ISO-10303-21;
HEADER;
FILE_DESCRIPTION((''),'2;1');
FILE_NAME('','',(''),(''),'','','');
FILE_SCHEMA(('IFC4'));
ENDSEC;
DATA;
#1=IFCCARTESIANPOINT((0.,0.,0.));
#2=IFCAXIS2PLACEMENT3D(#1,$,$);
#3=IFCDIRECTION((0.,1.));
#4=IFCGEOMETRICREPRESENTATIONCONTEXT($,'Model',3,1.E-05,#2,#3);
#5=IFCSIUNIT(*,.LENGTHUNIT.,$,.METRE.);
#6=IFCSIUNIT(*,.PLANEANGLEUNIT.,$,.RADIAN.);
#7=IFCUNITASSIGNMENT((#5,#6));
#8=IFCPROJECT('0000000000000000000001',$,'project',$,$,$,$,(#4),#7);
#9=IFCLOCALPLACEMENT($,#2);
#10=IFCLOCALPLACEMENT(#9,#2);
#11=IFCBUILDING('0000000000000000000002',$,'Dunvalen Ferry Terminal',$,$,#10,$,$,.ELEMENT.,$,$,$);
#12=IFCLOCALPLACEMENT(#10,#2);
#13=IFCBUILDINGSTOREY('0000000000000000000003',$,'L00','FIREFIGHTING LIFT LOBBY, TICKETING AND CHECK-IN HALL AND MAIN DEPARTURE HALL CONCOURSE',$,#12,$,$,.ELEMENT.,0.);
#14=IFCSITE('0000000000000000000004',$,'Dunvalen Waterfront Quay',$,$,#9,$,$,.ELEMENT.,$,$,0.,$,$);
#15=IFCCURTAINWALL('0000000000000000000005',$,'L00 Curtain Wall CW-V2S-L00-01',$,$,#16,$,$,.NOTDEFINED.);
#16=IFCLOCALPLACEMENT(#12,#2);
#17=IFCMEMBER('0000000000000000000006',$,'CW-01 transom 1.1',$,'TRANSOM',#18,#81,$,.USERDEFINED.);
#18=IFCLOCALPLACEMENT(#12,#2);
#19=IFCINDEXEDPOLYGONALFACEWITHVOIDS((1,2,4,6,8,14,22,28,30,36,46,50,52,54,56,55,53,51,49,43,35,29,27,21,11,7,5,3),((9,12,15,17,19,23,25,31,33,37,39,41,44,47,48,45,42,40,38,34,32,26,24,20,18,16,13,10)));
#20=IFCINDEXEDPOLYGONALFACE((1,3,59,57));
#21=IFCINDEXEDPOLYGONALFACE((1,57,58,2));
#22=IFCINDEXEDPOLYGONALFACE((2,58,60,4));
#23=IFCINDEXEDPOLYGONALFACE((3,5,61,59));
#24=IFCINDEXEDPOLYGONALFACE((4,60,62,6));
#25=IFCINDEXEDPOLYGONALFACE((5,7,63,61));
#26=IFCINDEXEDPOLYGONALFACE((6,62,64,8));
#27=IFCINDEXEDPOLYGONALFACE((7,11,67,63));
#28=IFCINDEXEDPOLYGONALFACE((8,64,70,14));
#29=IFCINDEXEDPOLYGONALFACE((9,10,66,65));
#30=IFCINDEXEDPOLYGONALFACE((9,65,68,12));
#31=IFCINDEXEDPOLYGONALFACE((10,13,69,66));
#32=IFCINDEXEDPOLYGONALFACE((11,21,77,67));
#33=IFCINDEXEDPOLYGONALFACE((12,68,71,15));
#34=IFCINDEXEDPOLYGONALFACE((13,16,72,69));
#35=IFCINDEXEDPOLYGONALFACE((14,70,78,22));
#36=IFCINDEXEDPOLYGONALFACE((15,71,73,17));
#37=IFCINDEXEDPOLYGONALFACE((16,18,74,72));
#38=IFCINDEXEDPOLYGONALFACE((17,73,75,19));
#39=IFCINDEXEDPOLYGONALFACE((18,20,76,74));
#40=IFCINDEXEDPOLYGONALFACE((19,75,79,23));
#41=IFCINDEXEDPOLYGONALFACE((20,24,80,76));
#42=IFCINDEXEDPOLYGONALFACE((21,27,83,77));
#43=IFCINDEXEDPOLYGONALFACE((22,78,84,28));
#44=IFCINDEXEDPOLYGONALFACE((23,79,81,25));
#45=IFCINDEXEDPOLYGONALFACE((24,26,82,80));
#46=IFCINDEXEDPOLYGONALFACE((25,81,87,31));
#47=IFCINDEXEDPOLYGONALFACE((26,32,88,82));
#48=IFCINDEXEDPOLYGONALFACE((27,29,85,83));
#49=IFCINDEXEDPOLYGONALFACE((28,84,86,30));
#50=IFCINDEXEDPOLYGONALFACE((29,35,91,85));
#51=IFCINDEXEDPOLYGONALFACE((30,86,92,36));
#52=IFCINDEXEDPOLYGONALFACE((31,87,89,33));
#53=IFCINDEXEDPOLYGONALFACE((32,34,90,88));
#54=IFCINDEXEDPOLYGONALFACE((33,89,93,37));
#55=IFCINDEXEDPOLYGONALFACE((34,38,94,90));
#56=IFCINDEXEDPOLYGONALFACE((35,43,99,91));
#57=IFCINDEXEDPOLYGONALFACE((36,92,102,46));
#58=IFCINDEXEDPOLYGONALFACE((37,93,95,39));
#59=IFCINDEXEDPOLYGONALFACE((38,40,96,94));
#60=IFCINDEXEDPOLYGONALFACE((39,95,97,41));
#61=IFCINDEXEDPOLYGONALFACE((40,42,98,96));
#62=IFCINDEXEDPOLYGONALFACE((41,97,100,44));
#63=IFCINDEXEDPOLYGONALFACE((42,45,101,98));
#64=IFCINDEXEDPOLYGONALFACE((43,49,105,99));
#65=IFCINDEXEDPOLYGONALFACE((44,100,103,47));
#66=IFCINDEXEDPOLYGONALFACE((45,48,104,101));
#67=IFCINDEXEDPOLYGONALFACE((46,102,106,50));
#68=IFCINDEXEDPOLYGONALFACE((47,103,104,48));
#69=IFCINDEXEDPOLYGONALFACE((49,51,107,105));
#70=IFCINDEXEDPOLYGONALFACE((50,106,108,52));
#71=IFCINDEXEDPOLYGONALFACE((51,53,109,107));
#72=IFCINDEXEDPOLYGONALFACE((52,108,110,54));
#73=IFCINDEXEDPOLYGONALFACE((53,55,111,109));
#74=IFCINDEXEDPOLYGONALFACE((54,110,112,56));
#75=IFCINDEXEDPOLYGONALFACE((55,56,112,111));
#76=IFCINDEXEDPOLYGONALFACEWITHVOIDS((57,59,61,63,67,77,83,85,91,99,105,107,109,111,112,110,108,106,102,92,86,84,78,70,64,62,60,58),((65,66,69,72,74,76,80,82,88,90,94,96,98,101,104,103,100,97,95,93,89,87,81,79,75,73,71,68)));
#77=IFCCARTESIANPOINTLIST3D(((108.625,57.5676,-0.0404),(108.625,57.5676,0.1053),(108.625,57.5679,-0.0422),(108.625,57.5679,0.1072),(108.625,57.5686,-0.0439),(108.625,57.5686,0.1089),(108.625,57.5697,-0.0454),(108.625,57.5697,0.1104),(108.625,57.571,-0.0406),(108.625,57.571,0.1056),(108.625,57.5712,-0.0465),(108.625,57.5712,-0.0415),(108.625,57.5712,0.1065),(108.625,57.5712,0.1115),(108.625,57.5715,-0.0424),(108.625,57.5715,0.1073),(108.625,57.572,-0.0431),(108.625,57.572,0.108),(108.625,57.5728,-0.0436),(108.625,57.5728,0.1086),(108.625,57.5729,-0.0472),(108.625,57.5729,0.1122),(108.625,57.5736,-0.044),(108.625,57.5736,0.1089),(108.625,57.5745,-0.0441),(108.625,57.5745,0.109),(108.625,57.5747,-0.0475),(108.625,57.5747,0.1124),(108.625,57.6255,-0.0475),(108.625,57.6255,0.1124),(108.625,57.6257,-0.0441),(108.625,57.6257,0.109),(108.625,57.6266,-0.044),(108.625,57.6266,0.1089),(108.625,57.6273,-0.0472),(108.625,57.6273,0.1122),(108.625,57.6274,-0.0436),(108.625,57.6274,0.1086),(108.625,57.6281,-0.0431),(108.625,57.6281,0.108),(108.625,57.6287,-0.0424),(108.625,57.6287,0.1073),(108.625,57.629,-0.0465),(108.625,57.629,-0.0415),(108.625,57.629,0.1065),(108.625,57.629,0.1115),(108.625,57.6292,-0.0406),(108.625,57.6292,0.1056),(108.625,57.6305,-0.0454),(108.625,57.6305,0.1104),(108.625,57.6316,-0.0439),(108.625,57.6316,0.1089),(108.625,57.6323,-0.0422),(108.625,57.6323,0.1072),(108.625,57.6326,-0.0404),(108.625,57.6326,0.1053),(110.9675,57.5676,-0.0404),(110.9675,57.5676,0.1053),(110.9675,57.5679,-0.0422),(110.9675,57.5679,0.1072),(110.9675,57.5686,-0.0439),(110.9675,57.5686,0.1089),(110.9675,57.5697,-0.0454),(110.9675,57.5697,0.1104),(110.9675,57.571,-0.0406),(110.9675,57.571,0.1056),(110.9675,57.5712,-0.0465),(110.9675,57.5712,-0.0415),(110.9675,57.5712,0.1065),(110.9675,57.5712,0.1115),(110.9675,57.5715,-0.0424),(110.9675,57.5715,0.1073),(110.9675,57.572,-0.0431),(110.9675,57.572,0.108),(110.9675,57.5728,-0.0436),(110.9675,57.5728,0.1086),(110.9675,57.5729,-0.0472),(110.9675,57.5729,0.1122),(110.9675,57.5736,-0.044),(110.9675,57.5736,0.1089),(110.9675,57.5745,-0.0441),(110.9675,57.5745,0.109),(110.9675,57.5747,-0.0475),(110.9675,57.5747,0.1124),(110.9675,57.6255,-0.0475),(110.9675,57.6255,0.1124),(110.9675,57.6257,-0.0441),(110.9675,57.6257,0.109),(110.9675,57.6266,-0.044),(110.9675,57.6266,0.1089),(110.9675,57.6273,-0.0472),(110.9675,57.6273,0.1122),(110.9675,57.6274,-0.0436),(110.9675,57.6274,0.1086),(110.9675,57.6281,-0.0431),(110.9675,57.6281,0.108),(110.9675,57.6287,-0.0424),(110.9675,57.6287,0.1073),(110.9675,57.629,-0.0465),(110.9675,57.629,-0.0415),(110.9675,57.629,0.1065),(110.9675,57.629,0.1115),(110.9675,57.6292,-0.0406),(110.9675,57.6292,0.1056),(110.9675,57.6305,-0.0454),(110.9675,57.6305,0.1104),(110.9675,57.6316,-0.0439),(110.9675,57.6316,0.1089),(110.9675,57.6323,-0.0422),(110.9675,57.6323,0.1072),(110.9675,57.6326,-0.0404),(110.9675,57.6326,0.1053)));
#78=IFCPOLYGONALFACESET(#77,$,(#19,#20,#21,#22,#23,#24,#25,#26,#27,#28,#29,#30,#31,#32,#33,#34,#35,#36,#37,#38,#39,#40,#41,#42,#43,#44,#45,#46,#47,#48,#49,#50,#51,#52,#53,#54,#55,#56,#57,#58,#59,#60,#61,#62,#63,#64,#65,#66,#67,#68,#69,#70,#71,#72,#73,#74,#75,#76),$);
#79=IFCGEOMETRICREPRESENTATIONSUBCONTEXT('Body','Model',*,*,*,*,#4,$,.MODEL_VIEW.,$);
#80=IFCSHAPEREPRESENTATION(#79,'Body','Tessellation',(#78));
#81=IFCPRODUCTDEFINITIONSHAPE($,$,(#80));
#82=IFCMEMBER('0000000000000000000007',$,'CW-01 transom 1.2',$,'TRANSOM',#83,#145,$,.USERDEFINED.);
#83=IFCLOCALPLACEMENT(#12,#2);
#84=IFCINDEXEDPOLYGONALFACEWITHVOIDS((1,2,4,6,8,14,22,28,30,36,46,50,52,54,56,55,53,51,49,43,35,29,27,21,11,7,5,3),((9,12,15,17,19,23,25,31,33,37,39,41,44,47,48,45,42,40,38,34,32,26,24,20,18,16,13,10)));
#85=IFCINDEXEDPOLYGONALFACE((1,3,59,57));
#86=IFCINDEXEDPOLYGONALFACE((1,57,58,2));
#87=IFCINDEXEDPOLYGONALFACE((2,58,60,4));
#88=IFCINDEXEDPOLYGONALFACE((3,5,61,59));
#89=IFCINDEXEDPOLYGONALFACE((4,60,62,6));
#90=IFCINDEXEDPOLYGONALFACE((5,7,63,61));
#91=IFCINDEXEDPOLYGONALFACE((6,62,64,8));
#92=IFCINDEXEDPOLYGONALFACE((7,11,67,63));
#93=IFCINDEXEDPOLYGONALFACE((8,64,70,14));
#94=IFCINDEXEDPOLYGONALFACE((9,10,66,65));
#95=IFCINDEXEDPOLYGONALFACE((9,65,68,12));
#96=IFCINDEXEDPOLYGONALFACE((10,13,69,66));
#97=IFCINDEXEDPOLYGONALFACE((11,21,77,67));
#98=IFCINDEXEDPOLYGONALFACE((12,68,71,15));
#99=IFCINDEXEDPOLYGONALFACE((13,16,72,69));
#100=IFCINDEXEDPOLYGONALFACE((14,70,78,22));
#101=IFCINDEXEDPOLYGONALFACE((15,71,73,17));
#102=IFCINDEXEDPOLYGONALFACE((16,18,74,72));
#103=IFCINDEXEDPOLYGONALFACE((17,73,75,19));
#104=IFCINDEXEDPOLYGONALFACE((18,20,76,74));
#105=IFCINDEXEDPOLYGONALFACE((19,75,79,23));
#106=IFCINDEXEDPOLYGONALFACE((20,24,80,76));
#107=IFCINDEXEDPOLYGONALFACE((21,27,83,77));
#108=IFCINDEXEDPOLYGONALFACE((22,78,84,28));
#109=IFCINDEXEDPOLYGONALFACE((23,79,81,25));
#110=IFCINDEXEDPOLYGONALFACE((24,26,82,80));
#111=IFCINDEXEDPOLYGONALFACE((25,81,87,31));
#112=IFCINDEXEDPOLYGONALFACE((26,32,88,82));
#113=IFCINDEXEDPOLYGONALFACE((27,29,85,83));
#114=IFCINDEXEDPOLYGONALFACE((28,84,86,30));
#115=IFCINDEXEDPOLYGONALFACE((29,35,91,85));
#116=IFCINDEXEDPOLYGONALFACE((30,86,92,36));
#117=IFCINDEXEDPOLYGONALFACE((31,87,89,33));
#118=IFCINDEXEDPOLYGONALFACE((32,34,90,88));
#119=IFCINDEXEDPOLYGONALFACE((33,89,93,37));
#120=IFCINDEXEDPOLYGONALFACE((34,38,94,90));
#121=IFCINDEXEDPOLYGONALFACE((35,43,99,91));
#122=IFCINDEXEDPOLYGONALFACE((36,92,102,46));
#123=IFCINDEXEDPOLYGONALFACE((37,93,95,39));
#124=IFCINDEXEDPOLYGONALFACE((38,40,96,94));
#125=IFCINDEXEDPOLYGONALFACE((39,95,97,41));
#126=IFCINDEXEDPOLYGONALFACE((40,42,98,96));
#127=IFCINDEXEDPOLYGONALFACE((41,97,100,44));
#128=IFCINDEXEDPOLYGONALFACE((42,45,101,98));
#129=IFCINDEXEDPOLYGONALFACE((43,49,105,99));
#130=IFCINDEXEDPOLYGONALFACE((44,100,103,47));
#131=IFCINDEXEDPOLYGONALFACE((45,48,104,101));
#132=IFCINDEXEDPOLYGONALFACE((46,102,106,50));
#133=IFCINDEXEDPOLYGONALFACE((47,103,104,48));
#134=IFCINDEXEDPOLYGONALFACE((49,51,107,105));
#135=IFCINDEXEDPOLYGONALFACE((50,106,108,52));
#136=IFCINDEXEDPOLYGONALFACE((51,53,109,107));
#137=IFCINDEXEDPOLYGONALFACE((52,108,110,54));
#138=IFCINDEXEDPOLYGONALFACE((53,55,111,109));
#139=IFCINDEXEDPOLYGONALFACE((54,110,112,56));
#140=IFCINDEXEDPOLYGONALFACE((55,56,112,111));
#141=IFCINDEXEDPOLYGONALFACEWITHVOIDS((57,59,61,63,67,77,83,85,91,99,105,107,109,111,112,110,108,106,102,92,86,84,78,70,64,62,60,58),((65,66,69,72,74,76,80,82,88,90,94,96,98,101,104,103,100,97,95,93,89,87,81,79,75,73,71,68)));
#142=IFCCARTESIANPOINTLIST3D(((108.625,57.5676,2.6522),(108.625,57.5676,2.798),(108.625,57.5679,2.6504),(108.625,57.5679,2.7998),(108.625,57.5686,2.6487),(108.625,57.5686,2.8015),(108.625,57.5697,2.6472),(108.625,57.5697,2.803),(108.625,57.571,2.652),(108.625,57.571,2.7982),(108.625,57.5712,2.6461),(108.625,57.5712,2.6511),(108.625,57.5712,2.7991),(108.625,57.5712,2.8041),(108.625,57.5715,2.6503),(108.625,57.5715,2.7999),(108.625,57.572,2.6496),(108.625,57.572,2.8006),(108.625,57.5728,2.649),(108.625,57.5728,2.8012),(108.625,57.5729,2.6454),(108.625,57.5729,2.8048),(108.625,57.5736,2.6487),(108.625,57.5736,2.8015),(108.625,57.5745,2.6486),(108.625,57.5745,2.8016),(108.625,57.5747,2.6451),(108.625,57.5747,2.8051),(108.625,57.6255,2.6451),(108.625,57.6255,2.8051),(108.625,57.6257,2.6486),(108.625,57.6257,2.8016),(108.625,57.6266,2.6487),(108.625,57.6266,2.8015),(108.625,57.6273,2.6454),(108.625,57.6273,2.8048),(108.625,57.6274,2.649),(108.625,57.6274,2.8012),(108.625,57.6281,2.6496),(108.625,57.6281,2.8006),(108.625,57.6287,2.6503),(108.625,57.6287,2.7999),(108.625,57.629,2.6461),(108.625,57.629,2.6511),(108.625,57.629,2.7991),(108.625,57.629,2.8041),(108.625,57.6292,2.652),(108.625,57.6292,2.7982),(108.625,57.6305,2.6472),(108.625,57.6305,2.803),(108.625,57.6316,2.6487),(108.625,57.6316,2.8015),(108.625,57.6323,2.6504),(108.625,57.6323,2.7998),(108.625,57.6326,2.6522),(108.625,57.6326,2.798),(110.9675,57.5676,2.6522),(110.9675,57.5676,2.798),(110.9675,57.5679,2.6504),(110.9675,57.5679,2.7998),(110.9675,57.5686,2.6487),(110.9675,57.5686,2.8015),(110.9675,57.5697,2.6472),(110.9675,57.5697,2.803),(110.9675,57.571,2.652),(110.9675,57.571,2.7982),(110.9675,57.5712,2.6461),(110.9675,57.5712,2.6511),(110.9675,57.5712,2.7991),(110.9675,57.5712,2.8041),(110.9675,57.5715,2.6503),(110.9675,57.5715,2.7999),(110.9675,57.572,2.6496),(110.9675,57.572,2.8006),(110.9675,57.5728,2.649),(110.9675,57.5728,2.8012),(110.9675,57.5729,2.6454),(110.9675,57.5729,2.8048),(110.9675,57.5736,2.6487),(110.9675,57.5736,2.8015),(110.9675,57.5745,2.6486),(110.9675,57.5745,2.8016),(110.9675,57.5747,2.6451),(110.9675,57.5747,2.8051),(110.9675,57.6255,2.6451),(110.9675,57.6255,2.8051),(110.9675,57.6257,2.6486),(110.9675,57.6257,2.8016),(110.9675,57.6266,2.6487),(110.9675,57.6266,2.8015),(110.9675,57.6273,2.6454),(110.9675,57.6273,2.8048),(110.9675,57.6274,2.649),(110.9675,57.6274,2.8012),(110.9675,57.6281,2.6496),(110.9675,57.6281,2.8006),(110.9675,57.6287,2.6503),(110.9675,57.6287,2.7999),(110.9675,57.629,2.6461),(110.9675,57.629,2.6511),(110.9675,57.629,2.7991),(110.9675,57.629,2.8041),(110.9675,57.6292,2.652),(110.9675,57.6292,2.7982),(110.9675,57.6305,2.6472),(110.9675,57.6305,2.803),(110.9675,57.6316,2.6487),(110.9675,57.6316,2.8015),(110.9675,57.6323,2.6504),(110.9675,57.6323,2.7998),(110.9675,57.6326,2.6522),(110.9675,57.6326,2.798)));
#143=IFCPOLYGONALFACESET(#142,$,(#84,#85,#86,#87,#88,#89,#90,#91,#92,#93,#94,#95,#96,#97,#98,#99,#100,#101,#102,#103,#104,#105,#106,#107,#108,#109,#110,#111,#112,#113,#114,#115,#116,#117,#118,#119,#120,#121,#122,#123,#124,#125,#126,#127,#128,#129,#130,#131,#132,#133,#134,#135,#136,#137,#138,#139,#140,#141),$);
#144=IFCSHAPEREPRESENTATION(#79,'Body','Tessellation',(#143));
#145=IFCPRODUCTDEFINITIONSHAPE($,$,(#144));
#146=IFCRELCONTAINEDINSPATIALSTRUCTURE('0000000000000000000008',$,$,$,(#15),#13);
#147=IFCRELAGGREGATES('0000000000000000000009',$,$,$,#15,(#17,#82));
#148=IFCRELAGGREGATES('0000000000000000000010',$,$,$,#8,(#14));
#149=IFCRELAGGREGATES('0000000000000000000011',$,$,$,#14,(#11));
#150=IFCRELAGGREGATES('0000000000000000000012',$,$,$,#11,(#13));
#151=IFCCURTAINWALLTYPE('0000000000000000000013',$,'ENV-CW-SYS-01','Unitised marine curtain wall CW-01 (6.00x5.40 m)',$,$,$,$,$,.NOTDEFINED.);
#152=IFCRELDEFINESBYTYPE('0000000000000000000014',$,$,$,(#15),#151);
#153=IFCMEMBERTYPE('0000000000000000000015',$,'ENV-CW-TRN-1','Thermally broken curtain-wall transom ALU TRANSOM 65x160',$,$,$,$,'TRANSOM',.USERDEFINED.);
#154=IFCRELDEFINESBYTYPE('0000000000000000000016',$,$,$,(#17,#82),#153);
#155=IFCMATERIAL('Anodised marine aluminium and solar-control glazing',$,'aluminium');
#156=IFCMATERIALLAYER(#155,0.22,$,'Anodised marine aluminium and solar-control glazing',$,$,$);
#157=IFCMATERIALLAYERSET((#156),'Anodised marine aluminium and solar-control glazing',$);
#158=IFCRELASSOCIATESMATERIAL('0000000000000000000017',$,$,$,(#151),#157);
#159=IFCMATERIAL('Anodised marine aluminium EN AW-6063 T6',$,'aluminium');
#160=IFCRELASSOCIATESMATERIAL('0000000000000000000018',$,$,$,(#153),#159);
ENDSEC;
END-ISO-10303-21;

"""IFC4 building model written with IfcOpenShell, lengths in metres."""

from ifc_helpers import new_model, si_unit, direction, frame, origin, origin_2d, place, context, subcontext, project, spatial, hollow_rectangle, extrude, material, layer, layer_set, material_profile, profile_set, type_object, element, aggregate, save


model = new_model("IFC4")

# Units and contexts
model_context = context("Model", 3, precision=1e-05, world=origin(), true_north=direction((0.0, 1.0)))
body_context = subcontext(model_context, "Body", "Model", "MODEL_VIEW")
ifc_project = project(units=[si_unit("LENGTHUNIT", "METRE"), si_unit("PLANEANGLEUNIT", "RADIAN")], contexts=[model_context])

# Site, building, storey
site_placement = place(None, origin())
site = spatial("IfcSite", under=ifc_project, at=site_placement, Name="Dunvalen Waterfront Quay", CompositionType="ELEMENT", RefElevation=0.0)
building_placement = place(site_placement, origin())
building = spatial("IfcBuilding", under=site, at=building_placement, Name="Dunvalen Ferry Terminal", CompositionType="ELEMENT")
storey_placement = place(building_placement, origin())
storey = spatial("IfcBuildingStorey", under=building, at=storey_placement, Name="L00", Description="FIREFIGHTING LIFT LOBBY, TICKETING AND CHECK-IN HALL AND MAIN DEPARTURE HALL CONCOURSE", CompositionType="ELEMENT", Elevation=0.0)

# Curtain wall
ifc_material_1 = material(Name="Anodised marine aluminium and solar-control glazing", Category="aluminium")
ifc_layer_1 = layer(ifc_material_1, 0.22, Name="Anodised marine aluminium and solar-control glazing")
ifc_layer_set_1 = layer_set([ifc_layer_1], Name="Anodised marine aluminium and solar-control glazing")
curtain_wall_type_1 = type_object("IfcCurtainWallType", Name="ENV-CW-SYS-01", Description="Unitised marine curtain wall CW-01 (6.00x5.40 m)", PredefinedType="NOTDEFINED", material=ifc_layer_set_1)
curtain_wall_1_placement = place(storey_placement, origin())
curtain_wall_1 = element("IfcCurtainWall", 1, at=curtain_wall_1_placement, inside=storey, type_object=curtain_wall_type_1, Name="L00 Curtain Wall CW-V2S-L00-01", PredefinedType="NOTDEFINED")
ifc_material_2 = material(Name="Anodised marine aluminium EN AW-6063 T6", Category="aluminium")

# Members
ifc_material_profile_1 = material_profile(ifc_material_2, hollow_rectangle(XDim=0.0649, YDim=0.1599, WallThickness=0.0034, InnerFilletRadius=0.0034, OuterFilletRadius=0.0071, at=origin_2d()), Name="Anodised marine aluminium EN AW-6063 T6")
ifc_profile_set_1 = profile_set([ifc_material_profile_1], Name="Anodised marine aluminium EN AW-6063 T6")
member_type_1 = type_object("IfcMemberType", Name="ENV-CW-TRN-1", Description="Thermally broken curtain-wall transom ALU TRANSOM 65x160", ElementType="TRANSOM", PredefinedType="USERDEFINED", material=ifc_profile_set_1)
member_1_placement = place(storey_placement, frame((108.625, 57.6001, 0.0325), z_axis=(1.0, 0.0, 0.0), x_axis=(0.0, 1.0, 0.0)))
member_1 = element("IfcMember", 2, at=member_1_placement, type_object=member_type_1, Name="CW-01 transom 1.1", ObjectType="TRANSOM", PredefinedType="USERDEFINED", context=body_context, shape_type="SweptSolid", body=[
    extrude(hollow_rectangle(XDim=0.0649, YDim=0.1599, WallThickness=0.0034, InnerFilletRadius=0.0034, OuterFilletRadius=0.0071, at=origin_2d()), origin(), (0.0, 0.0, 1.0), 2.3425),
])
member_2_placement = place(storey_placement, frame((108.625, 57.6001, 2.7251), z_axis=(1.0, 0.0, 0.0), x_axis=(0.0, 1.0, 0.0)))
member_2 = element("IfcMember", 3, at=member_2_placement, type_object=member_type_1, Name="CW-01 transom 1.2", ObjectType="TRANSOM", PredefinedType="USERDEFINED", context=body_context, shape_type="SweptSolid", body=[
    extrude(hollow_rectangle(XDim=0.0649, YDim=0.1599, WallThickness=0.0034, InnerFilletRadius=0.0034, OuterFilletRadius=0.0071, at=origin_2d()), origin(), (0.0, 0.0, 1.0), 2.3425),
])
aggregate(curtain_wall_1, [member_1, member_2])

save(model, "model.ifc")
